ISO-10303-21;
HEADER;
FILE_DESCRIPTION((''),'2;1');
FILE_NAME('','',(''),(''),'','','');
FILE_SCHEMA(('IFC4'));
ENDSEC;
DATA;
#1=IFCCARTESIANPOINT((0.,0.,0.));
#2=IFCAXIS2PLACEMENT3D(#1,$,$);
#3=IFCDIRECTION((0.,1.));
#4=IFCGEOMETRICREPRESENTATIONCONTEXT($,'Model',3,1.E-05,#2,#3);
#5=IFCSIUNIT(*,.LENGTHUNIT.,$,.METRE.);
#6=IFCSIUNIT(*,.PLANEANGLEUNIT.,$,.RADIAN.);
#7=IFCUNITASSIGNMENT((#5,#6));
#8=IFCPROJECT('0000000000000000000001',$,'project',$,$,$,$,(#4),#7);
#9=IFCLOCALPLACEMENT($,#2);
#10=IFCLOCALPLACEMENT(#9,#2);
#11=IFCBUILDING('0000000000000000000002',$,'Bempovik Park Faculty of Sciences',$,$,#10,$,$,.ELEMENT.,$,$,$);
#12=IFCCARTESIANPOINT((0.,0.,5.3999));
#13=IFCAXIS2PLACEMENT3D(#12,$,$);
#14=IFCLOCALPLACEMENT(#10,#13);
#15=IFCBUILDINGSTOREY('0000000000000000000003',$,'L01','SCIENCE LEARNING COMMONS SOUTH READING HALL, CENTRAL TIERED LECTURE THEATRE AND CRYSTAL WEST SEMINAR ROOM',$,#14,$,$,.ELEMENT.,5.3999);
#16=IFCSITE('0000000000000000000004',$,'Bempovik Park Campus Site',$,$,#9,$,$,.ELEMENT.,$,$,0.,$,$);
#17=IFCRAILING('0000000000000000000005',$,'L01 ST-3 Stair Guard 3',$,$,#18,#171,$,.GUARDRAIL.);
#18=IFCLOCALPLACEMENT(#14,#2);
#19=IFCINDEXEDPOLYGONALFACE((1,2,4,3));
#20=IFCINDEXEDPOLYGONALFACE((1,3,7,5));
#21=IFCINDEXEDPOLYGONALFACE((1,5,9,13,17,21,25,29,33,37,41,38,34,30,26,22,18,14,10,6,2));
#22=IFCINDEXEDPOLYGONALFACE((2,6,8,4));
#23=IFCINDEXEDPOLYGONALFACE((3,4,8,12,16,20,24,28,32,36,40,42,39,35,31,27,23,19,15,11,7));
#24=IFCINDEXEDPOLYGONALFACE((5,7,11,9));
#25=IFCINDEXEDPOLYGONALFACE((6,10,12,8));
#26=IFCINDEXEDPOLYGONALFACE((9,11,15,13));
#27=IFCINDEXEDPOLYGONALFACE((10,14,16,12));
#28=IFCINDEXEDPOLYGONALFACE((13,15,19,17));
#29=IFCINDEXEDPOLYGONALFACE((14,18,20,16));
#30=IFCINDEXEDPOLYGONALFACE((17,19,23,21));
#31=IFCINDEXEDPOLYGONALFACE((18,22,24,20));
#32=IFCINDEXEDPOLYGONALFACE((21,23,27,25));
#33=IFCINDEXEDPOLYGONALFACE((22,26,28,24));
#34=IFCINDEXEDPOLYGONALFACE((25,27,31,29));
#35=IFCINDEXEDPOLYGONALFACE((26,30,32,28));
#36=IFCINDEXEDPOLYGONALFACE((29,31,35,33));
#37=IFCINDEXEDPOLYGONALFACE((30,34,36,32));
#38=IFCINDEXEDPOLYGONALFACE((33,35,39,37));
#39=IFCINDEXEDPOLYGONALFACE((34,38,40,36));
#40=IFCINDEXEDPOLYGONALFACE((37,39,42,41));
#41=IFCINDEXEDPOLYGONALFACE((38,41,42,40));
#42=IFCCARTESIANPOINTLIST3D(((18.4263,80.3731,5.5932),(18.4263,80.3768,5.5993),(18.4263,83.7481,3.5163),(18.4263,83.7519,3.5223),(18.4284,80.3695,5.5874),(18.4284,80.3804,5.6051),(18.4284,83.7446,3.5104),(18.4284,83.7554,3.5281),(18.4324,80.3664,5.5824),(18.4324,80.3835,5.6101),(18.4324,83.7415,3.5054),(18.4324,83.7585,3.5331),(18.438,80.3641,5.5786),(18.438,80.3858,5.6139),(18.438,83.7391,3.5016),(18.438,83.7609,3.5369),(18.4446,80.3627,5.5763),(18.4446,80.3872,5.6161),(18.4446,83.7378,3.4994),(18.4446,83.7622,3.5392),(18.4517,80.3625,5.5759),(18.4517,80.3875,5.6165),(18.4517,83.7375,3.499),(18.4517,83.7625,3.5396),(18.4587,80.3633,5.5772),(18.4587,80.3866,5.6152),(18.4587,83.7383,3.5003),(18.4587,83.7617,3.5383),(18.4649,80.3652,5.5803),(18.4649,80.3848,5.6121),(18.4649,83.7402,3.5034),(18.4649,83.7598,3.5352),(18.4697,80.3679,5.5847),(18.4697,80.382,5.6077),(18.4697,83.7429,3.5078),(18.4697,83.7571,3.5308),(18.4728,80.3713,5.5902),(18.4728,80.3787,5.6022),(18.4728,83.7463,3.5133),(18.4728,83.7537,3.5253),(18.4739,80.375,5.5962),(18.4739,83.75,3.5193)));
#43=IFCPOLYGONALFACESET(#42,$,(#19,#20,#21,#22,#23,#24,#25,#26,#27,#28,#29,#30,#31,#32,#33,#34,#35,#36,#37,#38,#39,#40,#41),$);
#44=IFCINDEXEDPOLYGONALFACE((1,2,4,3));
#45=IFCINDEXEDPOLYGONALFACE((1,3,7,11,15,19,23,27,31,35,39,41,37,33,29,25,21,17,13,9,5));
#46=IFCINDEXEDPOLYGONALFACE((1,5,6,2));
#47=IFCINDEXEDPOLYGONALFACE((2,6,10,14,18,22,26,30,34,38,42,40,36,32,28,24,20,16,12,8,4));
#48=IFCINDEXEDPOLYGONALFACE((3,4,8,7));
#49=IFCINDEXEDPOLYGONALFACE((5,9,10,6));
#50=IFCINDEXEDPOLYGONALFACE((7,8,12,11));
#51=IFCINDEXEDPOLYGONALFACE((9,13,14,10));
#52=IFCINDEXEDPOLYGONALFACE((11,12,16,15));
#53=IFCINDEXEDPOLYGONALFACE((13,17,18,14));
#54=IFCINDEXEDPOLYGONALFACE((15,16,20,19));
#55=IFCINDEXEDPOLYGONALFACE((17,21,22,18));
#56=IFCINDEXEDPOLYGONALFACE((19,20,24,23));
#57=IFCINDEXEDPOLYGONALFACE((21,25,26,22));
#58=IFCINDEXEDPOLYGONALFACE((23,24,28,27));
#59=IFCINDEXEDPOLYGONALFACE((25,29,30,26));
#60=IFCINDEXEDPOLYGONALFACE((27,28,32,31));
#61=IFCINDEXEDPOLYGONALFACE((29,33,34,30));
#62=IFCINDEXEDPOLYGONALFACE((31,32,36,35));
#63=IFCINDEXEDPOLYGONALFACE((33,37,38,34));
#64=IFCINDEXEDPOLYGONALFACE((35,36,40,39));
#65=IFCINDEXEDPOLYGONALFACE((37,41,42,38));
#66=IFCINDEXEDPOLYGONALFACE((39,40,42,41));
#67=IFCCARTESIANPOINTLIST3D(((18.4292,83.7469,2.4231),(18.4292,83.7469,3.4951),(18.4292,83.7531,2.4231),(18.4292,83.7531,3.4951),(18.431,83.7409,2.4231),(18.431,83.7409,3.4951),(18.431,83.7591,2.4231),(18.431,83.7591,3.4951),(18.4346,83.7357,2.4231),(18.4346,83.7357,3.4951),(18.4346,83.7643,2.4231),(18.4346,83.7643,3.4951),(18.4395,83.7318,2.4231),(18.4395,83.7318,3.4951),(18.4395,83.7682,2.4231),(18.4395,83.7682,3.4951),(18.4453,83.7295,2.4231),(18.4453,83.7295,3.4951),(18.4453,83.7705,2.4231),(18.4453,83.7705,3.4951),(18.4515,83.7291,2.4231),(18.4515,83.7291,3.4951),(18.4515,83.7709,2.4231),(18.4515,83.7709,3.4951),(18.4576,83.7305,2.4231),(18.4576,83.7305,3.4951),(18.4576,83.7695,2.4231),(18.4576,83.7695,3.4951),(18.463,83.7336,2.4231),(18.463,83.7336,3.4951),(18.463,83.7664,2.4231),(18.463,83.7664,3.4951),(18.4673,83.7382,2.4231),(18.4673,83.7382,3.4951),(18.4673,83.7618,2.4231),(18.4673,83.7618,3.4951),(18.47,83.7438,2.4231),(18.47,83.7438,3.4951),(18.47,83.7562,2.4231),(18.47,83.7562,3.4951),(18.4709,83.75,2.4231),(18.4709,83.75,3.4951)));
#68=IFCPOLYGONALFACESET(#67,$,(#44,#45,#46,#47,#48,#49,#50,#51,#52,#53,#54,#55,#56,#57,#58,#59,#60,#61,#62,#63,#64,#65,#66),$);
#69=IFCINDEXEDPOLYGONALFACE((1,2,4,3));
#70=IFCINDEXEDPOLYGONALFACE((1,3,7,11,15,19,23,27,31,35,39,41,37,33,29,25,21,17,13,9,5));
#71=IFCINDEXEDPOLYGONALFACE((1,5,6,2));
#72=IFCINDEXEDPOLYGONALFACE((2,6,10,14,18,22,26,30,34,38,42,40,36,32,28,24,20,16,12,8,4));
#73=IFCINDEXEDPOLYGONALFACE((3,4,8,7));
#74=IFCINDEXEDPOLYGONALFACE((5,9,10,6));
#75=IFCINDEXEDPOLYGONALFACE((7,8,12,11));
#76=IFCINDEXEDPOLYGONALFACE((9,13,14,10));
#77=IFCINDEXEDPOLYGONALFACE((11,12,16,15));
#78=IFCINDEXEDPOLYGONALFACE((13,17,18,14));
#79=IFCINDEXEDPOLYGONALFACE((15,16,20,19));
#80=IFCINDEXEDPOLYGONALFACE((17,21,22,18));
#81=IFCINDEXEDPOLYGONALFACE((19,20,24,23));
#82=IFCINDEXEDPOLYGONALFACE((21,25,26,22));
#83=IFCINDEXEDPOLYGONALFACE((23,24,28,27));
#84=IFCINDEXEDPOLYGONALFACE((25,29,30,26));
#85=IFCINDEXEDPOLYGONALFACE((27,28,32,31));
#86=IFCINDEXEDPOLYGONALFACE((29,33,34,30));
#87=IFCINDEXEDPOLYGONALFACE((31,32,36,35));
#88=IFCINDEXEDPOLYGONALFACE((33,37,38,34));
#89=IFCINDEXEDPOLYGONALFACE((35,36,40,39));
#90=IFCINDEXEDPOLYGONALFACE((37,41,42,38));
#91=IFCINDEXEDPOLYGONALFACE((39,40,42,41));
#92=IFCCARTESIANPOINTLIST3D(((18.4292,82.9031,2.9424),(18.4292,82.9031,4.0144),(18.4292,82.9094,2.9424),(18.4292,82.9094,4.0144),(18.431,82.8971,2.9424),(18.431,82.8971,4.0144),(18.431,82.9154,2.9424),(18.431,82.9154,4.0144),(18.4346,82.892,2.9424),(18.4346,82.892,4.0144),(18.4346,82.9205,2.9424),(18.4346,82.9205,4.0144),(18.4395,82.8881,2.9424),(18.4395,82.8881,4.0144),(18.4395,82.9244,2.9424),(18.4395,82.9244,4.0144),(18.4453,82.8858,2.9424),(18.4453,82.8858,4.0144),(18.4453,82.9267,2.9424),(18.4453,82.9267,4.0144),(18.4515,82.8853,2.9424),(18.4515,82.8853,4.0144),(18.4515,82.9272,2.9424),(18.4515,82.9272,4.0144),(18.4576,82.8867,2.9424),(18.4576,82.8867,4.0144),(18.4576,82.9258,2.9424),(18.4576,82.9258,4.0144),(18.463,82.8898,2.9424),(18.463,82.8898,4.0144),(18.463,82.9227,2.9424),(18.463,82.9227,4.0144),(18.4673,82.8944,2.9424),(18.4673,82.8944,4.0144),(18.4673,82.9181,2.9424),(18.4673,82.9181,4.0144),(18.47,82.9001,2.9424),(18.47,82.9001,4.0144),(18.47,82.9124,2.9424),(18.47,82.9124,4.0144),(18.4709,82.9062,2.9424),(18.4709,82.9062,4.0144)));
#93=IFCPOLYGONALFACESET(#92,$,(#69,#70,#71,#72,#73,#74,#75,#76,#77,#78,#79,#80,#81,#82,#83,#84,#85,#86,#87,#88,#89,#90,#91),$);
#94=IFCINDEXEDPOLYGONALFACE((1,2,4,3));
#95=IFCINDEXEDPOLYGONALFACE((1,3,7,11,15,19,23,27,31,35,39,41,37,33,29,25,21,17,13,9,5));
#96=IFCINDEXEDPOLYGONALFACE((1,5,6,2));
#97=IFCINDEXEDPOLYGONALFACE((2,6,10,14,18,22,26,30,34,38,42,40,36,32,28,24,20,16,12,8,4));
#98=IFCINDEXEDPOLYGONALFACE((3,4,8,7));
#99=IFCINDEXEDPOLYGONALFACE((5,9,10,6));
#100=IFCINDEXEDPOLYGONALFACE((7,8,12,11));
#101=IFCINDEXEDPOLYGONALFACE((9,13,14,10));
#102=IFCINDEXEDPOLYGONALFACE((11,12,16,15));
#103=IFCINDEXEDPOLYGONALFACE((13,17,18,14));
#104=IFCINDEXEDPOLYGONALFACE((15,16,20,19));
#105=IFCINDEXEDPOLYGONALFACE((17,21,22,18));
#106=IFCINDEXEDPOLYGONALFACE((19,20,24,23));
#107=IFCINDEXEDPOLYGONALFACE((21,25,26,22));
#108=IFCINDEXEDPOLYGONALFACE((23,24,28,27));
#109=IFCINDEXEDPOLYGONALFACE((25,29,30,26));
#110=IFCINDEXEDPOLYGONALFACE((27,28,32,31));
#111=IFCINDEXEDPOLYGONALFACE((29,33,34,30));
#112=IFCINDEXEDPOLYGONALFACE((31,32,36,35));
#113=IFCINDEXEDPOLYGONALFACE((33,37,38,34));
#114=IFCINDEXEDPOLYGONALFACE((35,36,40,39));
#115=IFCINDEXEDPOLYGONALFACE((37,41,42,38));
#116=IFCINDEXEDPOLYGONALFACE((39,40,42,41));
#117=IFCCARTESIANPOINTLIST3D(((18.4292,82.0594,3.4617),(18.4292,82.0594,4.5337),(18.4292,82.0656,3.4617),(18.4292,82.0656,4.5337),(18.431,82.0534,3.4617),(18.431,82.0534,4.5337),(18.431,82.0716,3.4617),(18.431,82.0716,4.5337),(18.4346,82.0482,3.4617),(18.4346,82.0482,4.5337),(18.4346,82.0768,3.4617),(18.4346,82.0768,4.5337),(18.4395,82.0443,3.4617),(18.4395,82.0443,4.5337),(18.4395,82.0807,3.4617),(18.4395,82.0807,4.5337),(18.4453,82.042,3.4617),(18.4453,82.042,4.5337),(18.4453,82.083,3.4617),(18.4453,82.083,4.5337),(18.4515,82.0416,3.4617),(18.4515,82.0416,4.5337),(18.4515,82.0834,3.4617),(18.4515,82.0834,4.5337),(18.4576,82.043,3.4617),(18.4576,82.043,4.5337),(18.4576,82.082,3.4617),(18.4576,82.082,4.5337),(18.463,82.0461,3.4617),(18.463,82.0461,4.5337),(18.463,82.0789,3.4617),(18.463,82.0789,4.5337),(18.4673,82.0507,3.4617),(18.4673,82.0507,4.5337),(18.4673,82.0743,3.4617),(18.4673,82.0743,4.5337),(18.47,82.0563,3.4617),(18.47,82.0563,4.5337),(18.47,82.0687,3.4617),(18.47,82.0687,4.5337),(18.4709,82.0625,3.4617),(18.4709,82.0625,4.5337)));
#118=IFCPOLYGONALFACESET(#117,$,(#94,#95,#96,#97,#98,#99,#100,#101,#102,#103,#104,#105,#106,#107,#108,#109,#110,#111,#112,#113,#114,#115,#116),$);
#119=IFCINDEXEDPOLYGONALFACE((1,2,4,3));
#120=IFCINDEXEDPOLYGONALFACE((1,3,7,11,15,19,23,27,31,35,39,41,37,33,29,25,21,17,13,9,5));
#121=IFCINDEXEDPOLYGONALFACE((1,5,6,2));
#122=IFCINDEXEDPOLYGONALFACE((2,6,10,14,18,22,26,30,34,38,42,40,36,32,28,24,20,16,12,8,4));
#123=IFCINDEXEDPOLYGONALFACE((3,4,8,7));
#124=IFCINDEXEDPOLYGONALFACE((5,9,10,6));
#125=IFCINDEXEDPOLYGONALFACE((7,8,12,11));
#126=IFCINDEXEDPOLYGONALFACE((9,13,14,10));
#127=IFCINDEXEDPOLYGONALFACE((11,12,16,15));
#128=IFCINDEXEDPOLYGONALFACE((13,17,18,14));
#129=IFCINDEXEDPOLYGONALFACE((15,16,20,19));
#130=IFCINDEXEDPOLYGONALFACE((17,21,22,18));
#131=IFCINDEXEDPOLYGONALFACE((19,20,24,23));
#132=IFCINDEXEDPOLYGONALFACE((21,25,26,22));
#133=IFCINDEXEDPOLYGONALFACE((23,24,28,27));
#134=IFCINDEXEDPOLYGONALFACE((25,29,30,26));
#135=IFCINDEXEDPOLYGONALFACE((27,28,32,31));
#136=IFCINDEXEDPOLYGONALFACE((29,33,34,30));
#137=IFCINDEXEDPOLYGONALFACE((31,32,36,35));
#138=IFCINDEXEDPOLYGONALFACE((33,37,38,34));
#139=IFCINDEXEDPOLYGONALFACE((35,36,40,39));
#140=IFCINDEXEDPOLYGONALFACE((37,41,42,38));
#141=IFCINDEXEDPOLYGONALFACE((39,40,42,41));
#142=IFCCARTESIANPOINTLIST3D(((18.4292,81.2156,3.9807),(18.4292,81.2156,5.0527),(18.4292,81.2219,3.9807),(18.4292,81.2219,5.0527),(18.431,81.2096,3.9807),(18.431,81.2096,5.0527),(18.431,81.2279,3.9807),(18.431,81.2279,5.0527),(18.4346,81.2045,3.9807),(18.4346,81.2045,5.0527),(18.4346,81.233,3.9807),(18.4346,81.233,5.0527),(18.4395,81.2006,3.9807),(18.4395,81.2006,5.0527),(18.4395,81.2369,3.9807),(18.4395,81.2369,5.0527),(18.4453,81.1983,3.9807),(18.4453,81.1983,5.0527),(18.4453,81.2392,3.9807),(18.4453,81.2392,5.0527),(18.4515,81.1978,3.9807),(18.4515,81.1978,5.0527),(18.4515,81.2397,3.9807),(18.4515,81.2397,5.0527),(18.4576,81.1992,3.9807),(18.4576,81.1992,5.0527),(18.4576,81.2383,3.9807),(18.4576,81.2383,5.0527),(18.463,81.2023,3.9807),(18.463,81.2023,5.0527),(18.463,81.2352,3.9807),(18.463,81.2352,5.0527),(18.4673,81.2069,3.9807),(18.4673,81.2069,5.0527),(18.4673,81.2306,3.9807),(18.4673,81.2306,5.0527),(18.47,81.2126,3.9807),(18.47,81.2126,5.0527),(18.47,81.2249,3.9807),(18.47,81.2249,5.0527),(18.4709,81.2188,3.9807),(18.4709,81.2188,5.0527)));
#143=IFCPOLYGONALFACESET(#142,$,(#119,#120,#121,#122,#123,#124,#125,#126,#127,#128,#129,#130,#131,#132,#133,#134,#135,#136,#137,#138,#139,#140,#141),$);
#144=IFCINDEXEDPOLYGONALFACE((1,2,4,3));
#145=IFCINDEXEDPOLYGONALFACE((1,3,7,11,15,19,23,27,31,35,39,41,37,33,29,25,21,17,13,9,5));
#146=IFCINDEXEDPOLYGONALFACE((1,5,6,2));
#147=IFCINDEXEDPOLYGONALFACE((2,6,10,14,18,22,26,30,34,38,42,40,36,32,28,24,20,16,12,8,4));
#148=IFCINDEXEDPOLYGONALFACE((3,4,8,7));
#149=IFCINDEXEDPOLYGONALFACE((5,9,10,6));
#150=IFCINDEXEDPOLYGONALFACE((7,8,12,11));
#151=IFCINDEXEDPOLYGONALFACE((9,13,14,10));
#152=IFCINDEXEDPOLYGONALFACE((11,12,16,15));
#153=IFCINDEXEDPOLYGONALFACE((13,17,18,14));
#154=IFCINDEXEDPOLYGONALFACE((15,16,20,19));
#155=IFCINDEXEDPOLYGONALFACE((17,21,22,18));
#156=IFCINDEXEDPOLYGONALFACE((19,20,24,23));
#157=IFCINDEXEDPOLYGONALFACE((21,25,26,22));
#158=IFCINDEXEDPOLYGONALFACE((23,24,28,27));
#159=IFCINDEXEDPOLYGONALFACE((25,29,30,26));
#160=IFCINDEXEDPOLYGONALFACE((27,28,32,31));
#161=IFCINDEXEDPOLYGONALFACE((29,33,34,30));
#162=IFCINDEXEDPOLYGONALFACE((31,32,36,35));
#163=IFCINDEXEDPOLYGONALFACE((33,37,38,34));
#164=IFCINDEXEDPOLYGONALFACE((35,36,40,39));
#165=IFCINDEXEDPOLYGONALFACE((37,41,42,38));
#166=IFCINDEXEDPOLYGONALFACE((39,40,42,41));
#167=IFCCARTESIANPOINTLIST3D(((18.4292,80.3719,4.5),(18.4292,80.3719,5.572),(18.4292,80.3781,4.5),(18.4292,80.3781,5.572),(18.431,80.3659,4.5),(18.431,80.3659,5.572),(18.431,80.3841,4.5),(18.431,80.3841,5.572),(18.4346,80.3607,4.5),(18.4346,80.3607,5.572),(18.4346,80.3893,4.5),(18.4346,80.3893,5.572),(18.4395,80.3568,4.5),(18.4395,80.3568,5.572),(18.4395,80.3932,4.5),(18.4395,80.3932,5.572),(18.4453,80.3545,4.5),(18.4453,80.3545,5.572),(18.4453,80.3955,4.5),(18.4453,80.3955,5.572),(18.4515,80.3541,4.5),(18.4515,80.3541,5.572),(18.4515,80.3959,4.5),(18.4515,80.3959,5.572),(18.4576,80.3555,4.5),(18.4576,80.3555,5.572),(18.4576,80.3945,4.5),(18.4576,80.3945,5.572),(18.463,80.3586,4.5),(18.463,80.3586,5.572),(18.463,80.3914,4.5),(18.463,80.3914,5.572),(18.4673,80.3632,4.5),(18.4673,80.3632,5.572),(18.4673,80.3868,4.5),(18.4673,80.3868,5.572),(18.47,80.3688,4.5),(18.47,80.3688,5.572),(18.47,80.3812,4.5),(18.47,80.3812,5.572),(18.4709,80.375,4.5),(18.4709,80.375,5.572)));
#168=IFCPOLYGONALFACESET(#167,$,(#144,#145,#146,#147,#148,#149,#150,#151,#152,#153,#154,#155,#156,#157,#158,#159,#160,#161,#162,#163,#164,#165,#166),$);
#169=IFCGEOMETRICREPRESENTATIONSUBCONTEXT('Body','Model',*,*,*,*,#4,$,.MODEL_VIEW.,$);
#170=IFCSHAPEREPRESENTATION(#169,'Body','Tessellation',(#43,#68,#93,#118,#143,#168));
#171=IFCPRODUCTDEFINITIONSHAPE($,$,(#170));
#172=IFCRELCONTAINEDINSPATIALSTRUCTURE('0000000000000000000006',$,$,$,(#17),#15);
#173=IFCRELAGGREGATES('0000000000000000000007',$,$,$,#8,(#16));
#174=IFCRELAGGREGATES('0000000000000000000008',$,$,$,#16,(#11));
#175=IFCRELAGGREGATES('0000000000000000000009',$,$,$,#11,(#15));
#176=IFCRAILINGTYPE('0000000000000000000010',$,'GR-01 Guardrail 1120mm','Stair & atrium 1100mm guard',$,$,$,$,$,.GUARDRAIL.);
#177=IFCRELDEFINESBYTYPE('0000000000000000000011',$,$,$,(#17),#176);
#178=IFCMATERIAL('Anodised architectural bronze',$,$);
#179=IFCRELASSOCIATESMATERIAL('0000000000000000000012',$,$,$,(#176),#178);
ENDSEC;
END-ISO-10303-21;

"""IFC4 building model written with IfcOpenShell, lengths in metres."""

from ifc_helpers import new_model, si_unit, direction, frame, origin, origin_2d, place, context, subcontext, project, spatial, circle, extrude, material, type_object, element, save


model = new_model("IFC4")

# Units and contexts
model_context = context("Model", 3, precision=1e-05, world=origin(), true_north=direction((0.0, 1.0)))
body_context = subcontext(model_context, "Body", "Model", "MODEL_VIEW")
ifc_project = project(units=[si_unit("LENGTHUNIT", "METRE"), si_unit("PLANEANGLEUNIT", "RADIAN")], contexts=[model_context])

# Site, building, storey
site_placement = place(None, origin())
site = spatial("IfcSite", under=ifc_project, at=site_placement, Name="Bempovik Park Campus Site", CompositionType="ELEMENT", RefElevation=0.0)
building_placement = place(site_placement, origin())
building = spatial("IfcBuilding", under=site, at=building_placement, Name="Bempovik Park Faculty of Sciences", CompositionType="ELEMENT")
storey_placement = place(building_placement, frame((0.0, 0.0, 5.3999)))
storey = spatial("IfcBuildingStorey", under=building, at=storey_placement, Name="L01", Description="SCIENCE LEARNING COMMONS SOUTH READING HALL, CENTRAL TIERED LECTURE THEATRE AND CRYSTAL WEST SEMINAR ROOM", CompositionType="ELEMENT", Elevation=5.3999)

# Railing
ifc_material_1 = material(Name="Anodised architectural bronze")
railing_type_1 = type_object("IfcRailingType", Name="GR-01 Guardrail 1120mm", Description="Stair & atrium 1100mm guard", PredefinedType="GUARDRAIL", material=ifc_material_1)
railing_1_placement = place(storey_placement, frame((18.45, 83.75, 2.4231)))
element("IfcRailing", 1, at=railing_1_placement, inside=storey, type_object=railing_type_1, Name="L01 ST-3 Stair Guard 3", PredefinedType="GUARDRAIL", context=body_context, shape_type="SweptSolid", body=[
    extrude(circle(Radius=0.0239, at=origin_2d()), frame((0.0, 0.0, 1.0962), z_axis=(0.0, -0.85166, 0.524094), x_axis=(1.0, 0.0, 0.0)), (0.0, 0.0, 1.0), 3.9629),
    extrude(circle(Radius=0.021, at=origin_2d()), origin(), (0.0, 0.0, 1.0), 1.072),
    extrude(circle(Radius=0.021, at=origin_2d()), frame((0.0, -0.8438, 0.5193)), (0.0, 0.0, 1.0), 1.072),
    extrude(circle(Radius=0.021, at=origin_2d()), frame((0.0, -1.6875, 1.0386)), (0.0, 0.0, 1.0), 1.072),
    extrude(circle(Radius=0.021, at=origin_2d()), frame((0.0, -2.5312, 1.5576)), (0.0, 0.0, 1.0), 1.072),
    extrude(circle(Radius=0.021, at=origin_2d()), frame((0.0, -3.375, 2.0769)), (0.0, 0.0, 1.0), 1.072),
])

save(model, "model.ifc")
